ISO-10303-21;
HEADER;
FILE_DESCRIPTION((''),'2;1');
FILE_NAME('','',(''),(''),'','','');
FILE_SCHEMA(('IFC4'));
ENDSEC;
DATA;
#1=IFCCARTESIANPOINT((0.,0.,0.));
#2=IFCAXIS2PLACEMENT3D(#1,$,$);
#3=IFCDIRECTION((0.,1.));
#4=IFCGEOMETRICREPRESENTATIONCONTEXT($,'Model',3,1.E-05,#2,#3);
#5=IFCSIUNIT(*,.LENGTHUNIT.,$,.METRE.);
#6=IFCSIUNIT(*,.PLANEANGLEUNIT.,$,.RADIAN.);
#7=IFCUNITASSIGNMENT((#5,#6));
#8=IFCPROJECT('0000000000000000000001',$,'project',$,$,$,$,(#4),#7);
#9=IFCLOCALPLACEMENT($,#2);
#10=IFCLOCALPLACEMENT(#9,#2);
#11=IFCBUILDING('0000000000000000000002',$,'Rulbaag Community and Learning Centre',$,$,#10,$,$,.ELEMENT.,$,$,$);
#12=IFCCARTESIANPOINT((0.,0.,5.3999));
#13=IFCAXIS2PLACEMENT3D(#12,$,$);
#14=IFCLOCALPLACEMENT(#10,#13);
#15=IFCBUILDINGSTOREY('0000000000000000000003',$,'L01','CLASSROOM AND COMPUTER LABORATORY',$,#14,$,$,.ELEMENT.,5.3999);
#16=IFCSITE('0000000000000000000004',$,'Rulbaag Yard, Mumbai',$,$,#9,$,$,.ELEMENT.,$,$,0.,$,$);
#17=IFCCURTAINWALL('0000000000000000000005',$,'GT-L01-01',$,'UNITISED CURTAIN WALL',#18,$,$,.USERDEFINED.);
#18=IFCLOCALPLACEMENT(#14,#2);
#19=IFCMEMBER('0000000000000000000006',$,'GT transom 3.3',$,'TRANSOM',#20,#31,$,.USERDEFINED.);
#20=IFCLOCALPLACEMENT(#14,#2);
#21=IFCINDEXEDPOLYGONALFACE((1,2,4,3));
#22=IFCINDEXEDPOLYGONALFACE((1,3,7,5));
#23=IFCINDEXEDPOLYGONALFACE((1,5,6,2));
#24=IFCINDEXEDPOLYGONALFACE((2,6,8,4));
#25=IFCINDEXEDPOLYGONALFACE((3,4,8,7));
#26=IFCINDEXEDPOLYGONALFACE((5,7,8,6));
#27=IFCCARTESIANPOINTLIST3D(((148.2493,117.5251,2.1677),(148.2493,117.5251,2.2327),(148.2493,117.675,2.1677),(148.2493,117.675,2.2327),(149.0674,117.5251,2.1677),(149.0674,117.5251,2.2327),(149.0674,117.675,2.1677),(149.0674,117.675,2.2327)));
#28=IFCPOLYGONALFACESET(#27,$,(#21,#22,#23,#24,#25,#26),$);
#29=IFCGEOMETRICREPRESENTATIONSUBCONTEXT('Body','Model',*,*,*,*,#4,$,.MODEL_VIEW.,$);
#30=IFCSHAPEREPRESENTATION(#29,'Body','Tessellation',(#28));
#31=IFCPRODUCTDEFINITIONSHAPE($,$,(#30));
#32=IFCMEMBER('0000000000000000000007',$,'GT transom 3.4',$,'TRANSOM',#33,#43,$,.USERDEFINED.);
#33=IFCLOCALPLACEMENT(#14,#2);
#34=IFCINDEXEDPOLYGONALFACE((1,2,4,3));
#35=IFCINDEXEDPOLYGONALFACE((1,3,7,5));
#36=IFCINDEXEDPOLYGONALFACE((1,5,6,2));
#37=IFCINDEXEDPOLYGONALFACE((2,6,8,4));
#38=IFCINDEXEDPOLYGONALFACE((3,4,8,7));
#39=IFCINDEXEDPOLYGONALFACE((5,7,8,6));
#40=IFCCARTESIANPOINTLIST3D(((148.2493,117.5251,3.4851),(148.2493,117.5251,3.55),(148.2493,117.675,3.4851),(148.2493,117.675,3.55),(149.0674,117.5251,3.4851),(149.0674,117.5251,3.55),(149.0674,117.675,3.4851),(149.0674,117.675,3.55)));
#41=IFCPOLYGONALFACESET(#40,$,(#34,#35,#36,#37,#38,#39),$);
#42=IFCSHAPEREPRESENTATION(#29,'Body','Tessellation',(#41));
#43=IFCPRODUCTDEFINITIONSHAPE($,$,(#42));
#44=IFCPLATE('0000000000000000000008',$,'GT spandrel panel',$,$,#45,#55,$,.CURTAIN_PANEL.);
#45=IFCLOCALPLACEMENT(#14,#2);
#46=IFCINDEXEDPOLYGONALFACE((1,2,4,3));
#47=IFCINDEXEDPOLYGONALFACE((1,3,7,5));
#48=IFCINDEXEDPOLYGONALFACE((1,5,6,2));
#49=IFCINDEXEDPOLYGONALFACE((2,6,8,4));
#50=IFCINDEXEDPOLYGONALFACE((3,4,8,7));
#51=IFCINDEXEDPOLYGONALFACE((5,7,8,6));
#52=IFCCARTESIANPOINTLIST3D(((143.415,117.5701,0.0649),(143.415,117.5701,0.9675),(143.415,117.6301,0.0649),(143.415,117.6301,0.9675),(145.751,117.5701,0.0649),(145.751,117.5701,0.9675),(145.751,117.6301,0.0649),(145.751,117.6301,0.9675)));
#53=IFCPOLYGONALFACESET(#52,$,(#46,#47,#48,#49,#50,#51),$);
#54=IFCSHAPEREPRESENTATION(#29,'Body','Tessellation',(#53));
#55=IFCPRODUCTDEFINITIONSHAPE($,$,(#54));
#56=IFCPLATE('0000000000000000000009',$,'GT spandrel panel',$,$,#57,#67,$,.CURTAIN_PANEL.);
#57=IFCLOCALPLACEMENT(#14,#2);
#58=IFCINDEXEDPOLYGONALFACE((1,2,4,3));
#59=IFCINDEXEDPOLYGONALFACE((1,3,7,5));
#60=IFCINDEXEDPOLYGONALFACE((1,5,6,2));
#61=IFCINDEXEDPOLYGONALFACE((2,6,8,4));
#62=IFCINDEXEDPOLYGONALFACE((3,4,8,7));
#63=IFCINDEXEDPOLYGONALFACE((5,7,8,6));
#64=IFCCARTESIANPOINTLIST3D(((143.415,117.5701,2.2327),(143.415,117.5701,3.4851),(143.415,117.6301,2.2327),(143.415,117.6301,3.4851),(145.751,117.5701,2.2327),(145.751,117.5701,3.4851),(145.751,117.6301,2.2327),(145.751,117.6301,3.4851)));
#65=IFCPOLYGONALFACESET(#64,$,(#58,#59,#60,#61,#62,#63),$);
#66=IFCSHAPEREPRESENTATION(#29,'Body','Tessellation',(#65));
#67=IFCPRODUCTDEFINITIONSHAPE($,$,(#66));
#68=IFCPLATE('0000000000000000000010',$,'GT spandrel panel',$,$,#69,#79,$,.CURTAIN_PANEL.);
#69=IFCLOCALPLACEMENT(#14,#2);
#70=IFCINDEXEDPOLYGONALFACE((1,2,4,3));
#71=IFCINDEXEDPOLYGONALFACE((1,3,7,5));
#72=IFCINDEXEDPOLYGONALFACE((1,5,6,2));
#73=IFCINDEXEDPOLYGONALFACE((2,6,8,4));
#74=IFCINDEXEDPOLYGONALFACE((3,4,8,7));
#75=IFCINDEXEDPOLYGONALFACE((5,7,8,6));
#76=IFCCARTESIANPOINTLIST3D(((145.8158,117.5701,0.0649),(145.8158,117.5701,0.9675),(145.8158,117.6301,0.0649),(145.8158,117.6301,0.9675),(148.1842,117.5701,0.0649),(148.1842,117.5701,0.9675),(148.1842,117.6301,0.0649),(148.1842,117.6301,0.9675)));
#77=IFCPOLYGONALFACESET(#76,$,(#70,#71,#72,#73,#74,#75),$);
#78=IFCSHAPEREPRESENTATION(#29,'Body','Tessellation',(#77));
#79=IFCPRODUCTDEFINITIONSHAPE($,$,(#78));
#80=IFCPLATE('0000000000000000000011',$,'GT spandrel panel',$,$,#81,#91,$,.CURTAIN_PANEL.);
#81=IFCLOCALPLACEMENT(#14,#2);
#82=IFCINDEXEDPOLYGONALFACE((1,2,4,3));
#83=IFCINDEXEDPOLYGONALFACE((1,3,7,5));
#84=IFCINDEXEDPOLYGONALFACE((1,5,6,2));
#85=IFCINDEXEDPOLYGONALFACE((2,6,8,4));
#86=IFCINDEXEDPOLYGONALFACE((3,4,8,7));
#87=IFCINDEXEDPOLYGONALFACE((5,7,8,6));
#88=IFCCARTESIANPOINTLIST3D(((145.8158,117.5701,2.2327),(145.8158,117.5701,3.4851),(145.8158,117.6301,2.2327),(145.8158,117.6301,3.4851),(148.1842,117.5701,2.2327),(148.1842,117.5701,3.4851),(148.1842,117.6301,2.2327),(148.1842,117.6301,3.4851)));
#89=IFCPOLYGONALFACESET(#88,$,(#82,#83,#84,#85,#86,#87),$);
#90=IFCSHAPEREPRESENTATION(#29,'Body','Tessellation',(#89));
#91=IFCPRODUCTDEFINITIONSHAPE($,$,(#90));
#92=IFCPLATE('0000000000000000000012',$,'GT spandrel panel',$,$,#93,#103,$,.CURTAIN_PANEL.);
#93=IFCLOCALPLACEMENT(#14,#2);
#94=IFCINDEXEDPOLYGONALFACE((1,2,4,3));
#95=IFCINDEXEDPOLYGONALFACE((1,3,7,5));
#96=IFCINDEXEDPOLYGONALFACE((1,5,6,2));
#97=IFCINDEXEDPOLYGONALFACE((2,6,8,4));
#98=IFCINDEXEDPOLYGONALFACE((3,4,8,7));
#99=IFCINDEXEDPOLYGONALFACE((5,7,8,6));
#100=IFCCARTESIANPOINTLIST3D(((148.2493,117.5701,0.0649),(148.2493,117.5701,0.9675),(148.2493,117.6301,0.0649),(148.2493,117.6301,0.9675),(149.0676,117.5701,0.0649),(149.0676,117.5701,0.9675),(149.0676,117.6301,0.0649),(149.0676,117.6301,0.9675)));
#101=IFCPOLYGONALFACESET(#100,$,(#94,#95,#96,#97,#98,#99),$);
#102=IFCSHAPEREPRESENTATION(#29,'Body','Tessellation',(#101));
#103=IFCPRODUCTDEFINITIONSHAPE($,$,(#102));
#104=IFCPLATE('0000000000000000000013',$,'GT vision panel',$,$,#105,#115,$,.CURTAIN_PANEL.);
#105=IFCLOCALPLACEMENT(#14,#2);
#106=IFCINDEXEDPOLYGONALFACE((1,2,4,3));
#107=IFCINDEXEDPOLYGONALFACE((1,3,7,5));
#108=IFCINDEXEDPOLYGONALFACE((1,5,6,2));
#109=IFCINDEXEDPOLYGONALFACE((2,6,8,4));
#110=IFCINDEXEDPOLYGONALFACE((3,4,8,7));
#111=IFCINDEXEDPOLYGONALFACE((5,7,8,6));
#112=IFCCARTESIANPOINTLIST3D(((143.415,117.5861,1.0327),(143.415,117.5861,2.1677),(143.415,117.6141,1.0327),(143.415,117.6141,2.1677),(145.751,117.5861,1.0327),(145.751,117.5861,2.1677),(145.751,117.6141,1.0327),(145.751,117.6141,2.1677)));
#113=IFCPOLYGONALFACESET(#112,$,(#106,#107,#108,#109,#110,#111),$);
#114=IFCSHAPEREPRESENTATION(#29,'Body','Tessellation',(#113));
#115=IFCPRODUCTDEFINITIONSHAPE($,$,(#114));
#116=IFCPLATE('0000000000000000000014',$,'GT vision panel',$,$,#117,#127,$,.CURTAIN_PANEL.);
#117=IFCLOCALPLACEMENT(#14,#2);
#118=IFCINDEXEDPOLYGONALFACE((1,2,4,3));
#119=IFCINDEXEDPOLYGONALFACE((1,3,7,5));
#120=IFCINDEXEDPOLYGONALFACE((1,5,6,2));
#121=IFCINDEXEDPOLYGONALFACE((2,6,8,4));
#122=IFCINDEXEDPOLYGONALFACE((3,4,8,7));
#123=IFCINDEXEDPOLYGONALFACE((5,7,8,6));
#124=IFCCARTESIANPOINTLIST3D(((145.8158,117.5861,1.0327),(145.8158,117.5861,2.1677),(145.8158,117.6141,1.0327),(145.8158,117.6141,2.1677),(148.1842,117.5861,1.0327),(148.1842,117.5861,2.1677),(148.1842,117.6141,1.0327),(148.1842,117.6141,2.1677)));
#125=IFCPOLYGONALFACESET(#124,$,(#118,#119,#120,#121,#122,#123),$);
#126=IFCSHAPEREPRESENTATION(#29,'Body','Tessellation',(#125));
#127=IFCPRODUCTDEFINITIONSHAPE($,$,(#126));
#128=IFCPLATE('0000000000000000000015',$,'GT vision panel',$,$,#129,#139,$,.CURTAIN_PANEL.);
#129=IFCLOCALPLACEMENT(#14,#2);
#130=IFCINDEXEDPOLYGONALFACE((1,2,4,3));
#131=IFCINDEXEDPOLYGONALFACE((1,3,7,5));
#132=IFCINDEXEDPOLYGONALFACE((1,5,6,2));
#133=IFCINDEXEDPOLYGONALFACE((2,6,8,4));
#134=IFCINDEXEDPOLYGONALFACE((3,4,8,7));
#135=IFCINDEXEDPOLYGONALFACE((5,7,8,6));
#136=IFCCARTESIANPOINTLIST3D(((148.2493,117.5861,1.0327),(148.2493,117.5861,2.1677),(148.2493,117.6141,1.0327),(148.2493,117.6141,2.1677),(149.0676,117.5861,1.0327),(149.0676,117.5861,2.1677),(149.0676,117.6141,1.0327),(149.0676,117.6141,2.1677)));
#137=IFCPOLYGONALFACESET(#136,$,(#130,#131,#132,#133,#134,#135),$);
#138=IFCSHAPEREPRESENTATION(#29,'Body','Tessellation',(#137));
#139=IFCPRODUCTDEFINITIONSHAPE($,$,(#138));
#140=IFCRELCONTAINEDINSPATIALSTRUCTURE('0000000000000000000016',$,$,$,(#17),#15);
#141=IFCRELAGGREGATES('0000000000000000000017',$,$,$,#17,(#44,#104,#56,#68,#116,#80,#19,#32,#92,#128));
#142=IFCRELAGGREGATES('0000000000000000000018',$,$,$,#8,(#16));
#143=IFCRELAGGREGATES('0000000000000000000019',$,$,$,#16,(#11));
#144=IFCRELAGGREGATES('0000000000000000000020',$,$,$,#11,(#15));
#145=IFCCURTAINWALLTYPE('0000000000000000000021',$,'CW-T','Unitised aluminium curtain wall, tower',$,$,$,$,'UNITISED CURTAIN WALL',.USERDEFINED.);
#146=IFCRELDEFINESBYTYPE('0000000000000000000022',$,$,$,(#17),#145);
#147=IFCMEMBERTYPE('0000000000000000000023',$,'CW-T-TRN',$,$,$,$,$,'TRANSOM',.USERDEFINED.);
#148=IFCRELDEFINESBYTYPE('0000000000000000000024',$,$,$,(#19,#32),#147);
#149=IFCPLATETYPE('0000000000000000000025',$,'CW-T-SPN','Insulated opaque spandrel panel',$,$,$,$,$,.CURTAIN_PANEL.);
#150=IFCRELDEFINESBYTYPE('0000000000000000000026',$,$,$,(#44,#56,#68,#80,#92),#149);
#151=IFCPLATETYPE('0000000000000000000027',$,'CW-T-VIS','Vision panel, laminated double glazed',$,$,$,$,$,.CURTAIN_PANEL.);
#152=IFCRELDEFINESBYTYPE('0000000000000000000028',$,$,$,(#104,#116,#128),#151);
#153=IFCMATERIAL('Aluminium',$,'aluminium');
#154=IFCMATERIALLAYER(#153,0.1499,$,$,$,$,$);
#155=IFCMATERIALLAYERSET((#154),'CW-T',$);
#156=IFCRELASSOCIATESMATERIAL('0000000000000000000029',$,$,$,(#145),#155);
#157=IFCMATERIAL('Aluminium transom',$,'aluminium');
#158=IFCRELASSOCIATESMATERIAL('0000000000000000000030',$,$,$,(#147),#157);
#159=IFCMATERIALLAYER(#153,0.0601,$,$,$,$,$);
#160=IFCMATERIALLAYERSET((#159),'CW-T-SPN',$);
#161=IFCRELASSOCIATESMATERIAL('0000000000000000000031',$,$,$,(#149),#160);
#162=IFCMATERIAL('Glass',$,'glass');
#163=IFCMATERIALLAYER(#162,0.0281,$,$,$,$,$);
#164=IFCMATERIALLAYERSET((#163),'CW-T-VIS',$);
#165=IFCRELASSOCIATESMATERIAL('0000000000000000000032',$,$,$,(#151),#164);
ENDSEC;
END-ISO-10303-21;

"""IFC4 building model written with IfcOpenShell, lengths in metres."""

from ifc_helpers import new_model, si_unit, direction, frame, origin, origin_2d, place, context, subcontext, project, spatial, rectangle, extrude, material, layer, layer_set, material_profile, profile_set, type_object, element, aggregate, save


model = new_model("IFC4")

# Units and contexts
model_context = context("Model", 3, precision=1e-05, world=origin(), true_north=direction((0.0, 1.0)))
body_context = subcontext(model_context, "Body", "Model", "MODEL_VIEW")
ifc_project = project(units=[si_unit("LENGTHUNIT", "METRE"), si_unit("PLANEANGLEUNIT", "RADIAN")], contexts=[model_context])

# Site, building, storey
site_placement = place(None, origin())
site = spatial("IfcSite", under=ifc_project, at=site_placement, Name="Rulbaag Yard, Mumbai", CompositionType="ELEMENT", RefElevation=0.0)
building_placement = place(site_placement, origin())
building = spatial("IfcBuilding", under=site, at=building_placement, Name="Rulbaag Community and Learning Centre", CompositionType="ELEMENT")
storey_placement = place(building_placement, frame((0.0, 0.0, 5.3999)))
storey = spatial("IfcBuildingStorey", under=building, at=storey_placement, Name="L01", Description="CLASSROOM AND COMPUTER LABORATORY", CompositionType="ELEMENT", Elevation=5.3999)

# Curtain wall, members, plates
ifc_material_1 = material(Name="Aluminium", Category="aluminium")
ifc_layer_1 = layer(ifc_material_1, 0.1499)
ifc_layer_set_1 = layer_set([ifc_layer_1], Name="CW-T")
curtain_wall_type = type_object("IfcCurtainWallType", Name="CW-T", Description="Unitised aluminium curtain wall, tower", ElementType="UNITISED CURTAIN WALL", PredefinedType="USERDEFINED", material=ifc_layer_set_1)
curtain_wall_placement = place(storey_placement, origin())
curtain_wall = element("IfcCurtainWall", 1, at=curtain_wall_placement, inside=storey, type_object=curtain_wall_type, Name="GT-L01-01", ObjectType="UNITISED CURTAIN WALL", PredefinedType="USERDEFINED")
ifc_material_2 = material(Name="Aluminium transom", Category="aluminium")
ifc_material_profile_1 = material_profile(ifc_material_2, rectangle(XDim=0.1499, YDim=0.0649, at=origin_2d()), Name="AL 65x150 T")
ifc_profile_set_1 = profile_set([ifc_material_profile_1], Name="Aluminium transom")
member_type_1 = type_object("IfcMemberType", Name="CW-T-TRN", ElementType="TRANSOM", PredefinedType="USERDEFINED", material=ifc_profile_set_1)
member_1_placement = place(storey_placement, frame((148.2493, 117.6001, 2.2002), z_axis=(1.0, 0.0, 0.0), x_axis=(0.0, 1.0, 0.0)))
member_1 = element("IfcMember", 2, at=member_1_placement, type_object=member_type_1, Name="GT transom 3.3", ObjectType="TRANSOM", PredefinedType="USERDEFINED", context=body_context, shape_type="SweptSolid", body=[
    extrude(rectangle(XDim=0.1499, YDim=0.0649, at=origin_2d()), origin(), (0.0, 0.0, 1.0), 0.8181),
])
member_2_placement = place(storey_placement, frame((148.2493, 117.6001, 3.5176), z_axis=(1.0, 0.0, 0.0), x_axis=(0.0, 1.0, 0.0)))
member_2 = element("IfcMember", 3, at=member_2_placement, type_object=member_type_1, Name="GT transom 3.4", ObjectType="TRANSOM", PredefinedType="USERDEFINED", context=body_context, shape_type="SweptSolid", body=[
    extrude(rectangle(XDim=0.1499, YDim=0.0649, at=origin_2d()), origin(), (0.0, 0.0, 1.0), 0.8181),
])
ifc_layer_2 = layer(ifc_material_1, 0.0601)
ifc_layer_set_2 = layer_set([ifc_layer_2], Name="CW-T-SPN")
plate_type_1 = type_object("IfcPlateType", Name="CW-T-SPN", Description="Insulated opaque spandrel panel", PredefinedType="CURTAIN_PANEL", material=ifc_layer_set_2)
plate_1_placement = place(storey_placement, frame((144.583, 117.6001, 0.0649), z_axis=(0.0, 0.0, 1.0), x_axis=(1.0, 0.0, 0.0)))
plate_1 = element("IfcPlate", 4, at=plate_1_placement, type_object=plate_type_1, Name="GT spandrel panel", PredefinedType="CURTAIN_PANEL", context=body_context, shape_type="SweptSolid", body=[
    extrude(rectangle(XDim=2.3359, YDim=0.0601, at=origin_2d()), origin(), (0.0, 0.0, 1.0), 0.9026),
])
plate_2_placement = place(storey_placement, frame((144.583, 117.6001, 2.2327), z_axis=(0.0, 0.0, 1.0), x_axis=(1.0, 0.0, 0.0)))
plate_2 = element("IfcPlate", 5, at=plate_2_placement, type_object=plate_type_1, Name="GT spandrel panel", PredefinedType="CURTAIN_PANEL", context=body_context, shape_type="SweptSolid", body=[
    extrude(rectangle(XDim=2.3359, YDim=0.0601, at=origin_2d()), origin(), (0.0, 0.0, 1.0), 1.2524),
])
plate_3_placement = place(storey_placement, frame((147.0, 117.6001, 0.0649), z_axis=(0.0, 0.0, 1.0), x_axis=(1.0, 0.0, 0.0)))
plate_3 = element("IfcPlate", 6, at=plate_3_placement, type_object=plate_type_1, Name="GT spandrel panel", PredefinedType="CURTAIN_PANEL", context=body_context, shape_type="SweptSolid", body=[
    extrude(rectangle(XDim=2.3684, YDim=0.0601, at=origin_2d()), origin(), (0.0, 0.0, 1.0), 0.9026),
])
plate_4_placement = place(storey_placement, frame((147.0, 117.6001, 2.2327), z_axis=(0.0, 0.0, 1.0), x_axis=(1.0, 0.0, 0.0)))
plate_4 = element("IfcPlate", 7, at=plate_4_placement, type_object=plate_type_1, Name="GT spandrel panel", PredefinedType="CURTAIN_PANEL", context=body_context, shape_type="SweptSolid", body=[
    extrude(rectangle(XDim=2.3684, YDim=0.0601, at=origin_2d()), origin(), (0.0, 0.0, 1.0), 1.2524),
])
plate_5_placement = place(storey_placement, frame((148.6584, 117.6001, 0.0649), z_axis=(0.0, 0.0, 1.0), x_axis=(1.0, 0.0, 0.0)))
plate_5 = element("IfcPlate", 8, at=plate_5_placement, type_object=plate_type_1, Name="GT spandrel panel", PredefinedType="CURTAIN_PANEL", context=body_context, shape_type="SweptSolid", body=[
    extrude(rectangle(XDim=0.8184, YDim=0.0601, at=origin_2d()), origin(), (0.0, 0.0, 1.0), 0.9026),
])
ifc_material_3 = material(Name="Glass", Category="glass")
ifc_layer_3 = layer(ifc_material_3, 0.0281)
ifc_layer_set_3 = layer_set([ifc_layer_3], Name="CW-T-VIS")
plate_type_2 = type_object("IfcPlateType", Name="CW-T-VIS", Description="Vision panel, laminated double glazed", PredefinedType="CURTAIN_PANEL", material=ifc_layer_set_3)
plate_6_placement = place(storey_placement, frame((144.583, 117.6001, 1.0327), z_axis=(0.0, 0.0, 1.0), x_axis=(1.0, 0.0, 0.0)))
plate_6 = element("IfcPlate", 9, at=plate_6_placement, type_object=plate_type_2, Name="GT vision panel", PredefinedType="CURTAIN_PANEL", context=body_context, shape_type="SweptSolid", body=[
    extrude(rectangle(XDim=2.3359, YDim=0.0281, at=origin_2d()), origin(), (0.0, 0.0, 1.0), 1.135),
])
plate_7_placement = place(storey_placement, frame((147.0, 117.6001, 1.0327), z_axis=(0.0, 0.0, 1.0), x_axis=(1.0, 0.0, 0.0)))
plate_7 = element("IfcPlate", 10, at=plate_7_placement, type_object=plate_type_2, Name="GT vision panel", PredefinedType="CURTAIN_PANEL", context=body_context, shape_type="SweptSolid", body=[
    extrude(rectangle(XDim=2.3684, YDim=0.0281, at=origin_2d()), origin(), (0.0, 0.0, 1.0), 1.135),
])
plate_8_placement = place(storey_placement, frame((148.6584, 117.6001, 1.0327), z_axis=(0.0, 0.0, 1.0), x_axis=(1.0, 0.0, 0.0)))
plate_8 = element("IfcPlate", 11, at=plate_8_placement, type_object=plate_type_2, Name="GT vision panel", PredefinedType="CURTAIN_PANEL", context=body_context, shape_type="SweptSolid", body=[
    extrude(rectangle(XDim=0.8184, YDim=0.0281, at=origin_2d()), origin(), (0.0, 0.0, 1.0), 1.135),
])
aggregate(curtain_wall, [plate_1, plate_6, plate_2, plate_3, plate_7, plate_4, member_1, member_2, plate_5, plate_8])

save(model, "model.ifc")
